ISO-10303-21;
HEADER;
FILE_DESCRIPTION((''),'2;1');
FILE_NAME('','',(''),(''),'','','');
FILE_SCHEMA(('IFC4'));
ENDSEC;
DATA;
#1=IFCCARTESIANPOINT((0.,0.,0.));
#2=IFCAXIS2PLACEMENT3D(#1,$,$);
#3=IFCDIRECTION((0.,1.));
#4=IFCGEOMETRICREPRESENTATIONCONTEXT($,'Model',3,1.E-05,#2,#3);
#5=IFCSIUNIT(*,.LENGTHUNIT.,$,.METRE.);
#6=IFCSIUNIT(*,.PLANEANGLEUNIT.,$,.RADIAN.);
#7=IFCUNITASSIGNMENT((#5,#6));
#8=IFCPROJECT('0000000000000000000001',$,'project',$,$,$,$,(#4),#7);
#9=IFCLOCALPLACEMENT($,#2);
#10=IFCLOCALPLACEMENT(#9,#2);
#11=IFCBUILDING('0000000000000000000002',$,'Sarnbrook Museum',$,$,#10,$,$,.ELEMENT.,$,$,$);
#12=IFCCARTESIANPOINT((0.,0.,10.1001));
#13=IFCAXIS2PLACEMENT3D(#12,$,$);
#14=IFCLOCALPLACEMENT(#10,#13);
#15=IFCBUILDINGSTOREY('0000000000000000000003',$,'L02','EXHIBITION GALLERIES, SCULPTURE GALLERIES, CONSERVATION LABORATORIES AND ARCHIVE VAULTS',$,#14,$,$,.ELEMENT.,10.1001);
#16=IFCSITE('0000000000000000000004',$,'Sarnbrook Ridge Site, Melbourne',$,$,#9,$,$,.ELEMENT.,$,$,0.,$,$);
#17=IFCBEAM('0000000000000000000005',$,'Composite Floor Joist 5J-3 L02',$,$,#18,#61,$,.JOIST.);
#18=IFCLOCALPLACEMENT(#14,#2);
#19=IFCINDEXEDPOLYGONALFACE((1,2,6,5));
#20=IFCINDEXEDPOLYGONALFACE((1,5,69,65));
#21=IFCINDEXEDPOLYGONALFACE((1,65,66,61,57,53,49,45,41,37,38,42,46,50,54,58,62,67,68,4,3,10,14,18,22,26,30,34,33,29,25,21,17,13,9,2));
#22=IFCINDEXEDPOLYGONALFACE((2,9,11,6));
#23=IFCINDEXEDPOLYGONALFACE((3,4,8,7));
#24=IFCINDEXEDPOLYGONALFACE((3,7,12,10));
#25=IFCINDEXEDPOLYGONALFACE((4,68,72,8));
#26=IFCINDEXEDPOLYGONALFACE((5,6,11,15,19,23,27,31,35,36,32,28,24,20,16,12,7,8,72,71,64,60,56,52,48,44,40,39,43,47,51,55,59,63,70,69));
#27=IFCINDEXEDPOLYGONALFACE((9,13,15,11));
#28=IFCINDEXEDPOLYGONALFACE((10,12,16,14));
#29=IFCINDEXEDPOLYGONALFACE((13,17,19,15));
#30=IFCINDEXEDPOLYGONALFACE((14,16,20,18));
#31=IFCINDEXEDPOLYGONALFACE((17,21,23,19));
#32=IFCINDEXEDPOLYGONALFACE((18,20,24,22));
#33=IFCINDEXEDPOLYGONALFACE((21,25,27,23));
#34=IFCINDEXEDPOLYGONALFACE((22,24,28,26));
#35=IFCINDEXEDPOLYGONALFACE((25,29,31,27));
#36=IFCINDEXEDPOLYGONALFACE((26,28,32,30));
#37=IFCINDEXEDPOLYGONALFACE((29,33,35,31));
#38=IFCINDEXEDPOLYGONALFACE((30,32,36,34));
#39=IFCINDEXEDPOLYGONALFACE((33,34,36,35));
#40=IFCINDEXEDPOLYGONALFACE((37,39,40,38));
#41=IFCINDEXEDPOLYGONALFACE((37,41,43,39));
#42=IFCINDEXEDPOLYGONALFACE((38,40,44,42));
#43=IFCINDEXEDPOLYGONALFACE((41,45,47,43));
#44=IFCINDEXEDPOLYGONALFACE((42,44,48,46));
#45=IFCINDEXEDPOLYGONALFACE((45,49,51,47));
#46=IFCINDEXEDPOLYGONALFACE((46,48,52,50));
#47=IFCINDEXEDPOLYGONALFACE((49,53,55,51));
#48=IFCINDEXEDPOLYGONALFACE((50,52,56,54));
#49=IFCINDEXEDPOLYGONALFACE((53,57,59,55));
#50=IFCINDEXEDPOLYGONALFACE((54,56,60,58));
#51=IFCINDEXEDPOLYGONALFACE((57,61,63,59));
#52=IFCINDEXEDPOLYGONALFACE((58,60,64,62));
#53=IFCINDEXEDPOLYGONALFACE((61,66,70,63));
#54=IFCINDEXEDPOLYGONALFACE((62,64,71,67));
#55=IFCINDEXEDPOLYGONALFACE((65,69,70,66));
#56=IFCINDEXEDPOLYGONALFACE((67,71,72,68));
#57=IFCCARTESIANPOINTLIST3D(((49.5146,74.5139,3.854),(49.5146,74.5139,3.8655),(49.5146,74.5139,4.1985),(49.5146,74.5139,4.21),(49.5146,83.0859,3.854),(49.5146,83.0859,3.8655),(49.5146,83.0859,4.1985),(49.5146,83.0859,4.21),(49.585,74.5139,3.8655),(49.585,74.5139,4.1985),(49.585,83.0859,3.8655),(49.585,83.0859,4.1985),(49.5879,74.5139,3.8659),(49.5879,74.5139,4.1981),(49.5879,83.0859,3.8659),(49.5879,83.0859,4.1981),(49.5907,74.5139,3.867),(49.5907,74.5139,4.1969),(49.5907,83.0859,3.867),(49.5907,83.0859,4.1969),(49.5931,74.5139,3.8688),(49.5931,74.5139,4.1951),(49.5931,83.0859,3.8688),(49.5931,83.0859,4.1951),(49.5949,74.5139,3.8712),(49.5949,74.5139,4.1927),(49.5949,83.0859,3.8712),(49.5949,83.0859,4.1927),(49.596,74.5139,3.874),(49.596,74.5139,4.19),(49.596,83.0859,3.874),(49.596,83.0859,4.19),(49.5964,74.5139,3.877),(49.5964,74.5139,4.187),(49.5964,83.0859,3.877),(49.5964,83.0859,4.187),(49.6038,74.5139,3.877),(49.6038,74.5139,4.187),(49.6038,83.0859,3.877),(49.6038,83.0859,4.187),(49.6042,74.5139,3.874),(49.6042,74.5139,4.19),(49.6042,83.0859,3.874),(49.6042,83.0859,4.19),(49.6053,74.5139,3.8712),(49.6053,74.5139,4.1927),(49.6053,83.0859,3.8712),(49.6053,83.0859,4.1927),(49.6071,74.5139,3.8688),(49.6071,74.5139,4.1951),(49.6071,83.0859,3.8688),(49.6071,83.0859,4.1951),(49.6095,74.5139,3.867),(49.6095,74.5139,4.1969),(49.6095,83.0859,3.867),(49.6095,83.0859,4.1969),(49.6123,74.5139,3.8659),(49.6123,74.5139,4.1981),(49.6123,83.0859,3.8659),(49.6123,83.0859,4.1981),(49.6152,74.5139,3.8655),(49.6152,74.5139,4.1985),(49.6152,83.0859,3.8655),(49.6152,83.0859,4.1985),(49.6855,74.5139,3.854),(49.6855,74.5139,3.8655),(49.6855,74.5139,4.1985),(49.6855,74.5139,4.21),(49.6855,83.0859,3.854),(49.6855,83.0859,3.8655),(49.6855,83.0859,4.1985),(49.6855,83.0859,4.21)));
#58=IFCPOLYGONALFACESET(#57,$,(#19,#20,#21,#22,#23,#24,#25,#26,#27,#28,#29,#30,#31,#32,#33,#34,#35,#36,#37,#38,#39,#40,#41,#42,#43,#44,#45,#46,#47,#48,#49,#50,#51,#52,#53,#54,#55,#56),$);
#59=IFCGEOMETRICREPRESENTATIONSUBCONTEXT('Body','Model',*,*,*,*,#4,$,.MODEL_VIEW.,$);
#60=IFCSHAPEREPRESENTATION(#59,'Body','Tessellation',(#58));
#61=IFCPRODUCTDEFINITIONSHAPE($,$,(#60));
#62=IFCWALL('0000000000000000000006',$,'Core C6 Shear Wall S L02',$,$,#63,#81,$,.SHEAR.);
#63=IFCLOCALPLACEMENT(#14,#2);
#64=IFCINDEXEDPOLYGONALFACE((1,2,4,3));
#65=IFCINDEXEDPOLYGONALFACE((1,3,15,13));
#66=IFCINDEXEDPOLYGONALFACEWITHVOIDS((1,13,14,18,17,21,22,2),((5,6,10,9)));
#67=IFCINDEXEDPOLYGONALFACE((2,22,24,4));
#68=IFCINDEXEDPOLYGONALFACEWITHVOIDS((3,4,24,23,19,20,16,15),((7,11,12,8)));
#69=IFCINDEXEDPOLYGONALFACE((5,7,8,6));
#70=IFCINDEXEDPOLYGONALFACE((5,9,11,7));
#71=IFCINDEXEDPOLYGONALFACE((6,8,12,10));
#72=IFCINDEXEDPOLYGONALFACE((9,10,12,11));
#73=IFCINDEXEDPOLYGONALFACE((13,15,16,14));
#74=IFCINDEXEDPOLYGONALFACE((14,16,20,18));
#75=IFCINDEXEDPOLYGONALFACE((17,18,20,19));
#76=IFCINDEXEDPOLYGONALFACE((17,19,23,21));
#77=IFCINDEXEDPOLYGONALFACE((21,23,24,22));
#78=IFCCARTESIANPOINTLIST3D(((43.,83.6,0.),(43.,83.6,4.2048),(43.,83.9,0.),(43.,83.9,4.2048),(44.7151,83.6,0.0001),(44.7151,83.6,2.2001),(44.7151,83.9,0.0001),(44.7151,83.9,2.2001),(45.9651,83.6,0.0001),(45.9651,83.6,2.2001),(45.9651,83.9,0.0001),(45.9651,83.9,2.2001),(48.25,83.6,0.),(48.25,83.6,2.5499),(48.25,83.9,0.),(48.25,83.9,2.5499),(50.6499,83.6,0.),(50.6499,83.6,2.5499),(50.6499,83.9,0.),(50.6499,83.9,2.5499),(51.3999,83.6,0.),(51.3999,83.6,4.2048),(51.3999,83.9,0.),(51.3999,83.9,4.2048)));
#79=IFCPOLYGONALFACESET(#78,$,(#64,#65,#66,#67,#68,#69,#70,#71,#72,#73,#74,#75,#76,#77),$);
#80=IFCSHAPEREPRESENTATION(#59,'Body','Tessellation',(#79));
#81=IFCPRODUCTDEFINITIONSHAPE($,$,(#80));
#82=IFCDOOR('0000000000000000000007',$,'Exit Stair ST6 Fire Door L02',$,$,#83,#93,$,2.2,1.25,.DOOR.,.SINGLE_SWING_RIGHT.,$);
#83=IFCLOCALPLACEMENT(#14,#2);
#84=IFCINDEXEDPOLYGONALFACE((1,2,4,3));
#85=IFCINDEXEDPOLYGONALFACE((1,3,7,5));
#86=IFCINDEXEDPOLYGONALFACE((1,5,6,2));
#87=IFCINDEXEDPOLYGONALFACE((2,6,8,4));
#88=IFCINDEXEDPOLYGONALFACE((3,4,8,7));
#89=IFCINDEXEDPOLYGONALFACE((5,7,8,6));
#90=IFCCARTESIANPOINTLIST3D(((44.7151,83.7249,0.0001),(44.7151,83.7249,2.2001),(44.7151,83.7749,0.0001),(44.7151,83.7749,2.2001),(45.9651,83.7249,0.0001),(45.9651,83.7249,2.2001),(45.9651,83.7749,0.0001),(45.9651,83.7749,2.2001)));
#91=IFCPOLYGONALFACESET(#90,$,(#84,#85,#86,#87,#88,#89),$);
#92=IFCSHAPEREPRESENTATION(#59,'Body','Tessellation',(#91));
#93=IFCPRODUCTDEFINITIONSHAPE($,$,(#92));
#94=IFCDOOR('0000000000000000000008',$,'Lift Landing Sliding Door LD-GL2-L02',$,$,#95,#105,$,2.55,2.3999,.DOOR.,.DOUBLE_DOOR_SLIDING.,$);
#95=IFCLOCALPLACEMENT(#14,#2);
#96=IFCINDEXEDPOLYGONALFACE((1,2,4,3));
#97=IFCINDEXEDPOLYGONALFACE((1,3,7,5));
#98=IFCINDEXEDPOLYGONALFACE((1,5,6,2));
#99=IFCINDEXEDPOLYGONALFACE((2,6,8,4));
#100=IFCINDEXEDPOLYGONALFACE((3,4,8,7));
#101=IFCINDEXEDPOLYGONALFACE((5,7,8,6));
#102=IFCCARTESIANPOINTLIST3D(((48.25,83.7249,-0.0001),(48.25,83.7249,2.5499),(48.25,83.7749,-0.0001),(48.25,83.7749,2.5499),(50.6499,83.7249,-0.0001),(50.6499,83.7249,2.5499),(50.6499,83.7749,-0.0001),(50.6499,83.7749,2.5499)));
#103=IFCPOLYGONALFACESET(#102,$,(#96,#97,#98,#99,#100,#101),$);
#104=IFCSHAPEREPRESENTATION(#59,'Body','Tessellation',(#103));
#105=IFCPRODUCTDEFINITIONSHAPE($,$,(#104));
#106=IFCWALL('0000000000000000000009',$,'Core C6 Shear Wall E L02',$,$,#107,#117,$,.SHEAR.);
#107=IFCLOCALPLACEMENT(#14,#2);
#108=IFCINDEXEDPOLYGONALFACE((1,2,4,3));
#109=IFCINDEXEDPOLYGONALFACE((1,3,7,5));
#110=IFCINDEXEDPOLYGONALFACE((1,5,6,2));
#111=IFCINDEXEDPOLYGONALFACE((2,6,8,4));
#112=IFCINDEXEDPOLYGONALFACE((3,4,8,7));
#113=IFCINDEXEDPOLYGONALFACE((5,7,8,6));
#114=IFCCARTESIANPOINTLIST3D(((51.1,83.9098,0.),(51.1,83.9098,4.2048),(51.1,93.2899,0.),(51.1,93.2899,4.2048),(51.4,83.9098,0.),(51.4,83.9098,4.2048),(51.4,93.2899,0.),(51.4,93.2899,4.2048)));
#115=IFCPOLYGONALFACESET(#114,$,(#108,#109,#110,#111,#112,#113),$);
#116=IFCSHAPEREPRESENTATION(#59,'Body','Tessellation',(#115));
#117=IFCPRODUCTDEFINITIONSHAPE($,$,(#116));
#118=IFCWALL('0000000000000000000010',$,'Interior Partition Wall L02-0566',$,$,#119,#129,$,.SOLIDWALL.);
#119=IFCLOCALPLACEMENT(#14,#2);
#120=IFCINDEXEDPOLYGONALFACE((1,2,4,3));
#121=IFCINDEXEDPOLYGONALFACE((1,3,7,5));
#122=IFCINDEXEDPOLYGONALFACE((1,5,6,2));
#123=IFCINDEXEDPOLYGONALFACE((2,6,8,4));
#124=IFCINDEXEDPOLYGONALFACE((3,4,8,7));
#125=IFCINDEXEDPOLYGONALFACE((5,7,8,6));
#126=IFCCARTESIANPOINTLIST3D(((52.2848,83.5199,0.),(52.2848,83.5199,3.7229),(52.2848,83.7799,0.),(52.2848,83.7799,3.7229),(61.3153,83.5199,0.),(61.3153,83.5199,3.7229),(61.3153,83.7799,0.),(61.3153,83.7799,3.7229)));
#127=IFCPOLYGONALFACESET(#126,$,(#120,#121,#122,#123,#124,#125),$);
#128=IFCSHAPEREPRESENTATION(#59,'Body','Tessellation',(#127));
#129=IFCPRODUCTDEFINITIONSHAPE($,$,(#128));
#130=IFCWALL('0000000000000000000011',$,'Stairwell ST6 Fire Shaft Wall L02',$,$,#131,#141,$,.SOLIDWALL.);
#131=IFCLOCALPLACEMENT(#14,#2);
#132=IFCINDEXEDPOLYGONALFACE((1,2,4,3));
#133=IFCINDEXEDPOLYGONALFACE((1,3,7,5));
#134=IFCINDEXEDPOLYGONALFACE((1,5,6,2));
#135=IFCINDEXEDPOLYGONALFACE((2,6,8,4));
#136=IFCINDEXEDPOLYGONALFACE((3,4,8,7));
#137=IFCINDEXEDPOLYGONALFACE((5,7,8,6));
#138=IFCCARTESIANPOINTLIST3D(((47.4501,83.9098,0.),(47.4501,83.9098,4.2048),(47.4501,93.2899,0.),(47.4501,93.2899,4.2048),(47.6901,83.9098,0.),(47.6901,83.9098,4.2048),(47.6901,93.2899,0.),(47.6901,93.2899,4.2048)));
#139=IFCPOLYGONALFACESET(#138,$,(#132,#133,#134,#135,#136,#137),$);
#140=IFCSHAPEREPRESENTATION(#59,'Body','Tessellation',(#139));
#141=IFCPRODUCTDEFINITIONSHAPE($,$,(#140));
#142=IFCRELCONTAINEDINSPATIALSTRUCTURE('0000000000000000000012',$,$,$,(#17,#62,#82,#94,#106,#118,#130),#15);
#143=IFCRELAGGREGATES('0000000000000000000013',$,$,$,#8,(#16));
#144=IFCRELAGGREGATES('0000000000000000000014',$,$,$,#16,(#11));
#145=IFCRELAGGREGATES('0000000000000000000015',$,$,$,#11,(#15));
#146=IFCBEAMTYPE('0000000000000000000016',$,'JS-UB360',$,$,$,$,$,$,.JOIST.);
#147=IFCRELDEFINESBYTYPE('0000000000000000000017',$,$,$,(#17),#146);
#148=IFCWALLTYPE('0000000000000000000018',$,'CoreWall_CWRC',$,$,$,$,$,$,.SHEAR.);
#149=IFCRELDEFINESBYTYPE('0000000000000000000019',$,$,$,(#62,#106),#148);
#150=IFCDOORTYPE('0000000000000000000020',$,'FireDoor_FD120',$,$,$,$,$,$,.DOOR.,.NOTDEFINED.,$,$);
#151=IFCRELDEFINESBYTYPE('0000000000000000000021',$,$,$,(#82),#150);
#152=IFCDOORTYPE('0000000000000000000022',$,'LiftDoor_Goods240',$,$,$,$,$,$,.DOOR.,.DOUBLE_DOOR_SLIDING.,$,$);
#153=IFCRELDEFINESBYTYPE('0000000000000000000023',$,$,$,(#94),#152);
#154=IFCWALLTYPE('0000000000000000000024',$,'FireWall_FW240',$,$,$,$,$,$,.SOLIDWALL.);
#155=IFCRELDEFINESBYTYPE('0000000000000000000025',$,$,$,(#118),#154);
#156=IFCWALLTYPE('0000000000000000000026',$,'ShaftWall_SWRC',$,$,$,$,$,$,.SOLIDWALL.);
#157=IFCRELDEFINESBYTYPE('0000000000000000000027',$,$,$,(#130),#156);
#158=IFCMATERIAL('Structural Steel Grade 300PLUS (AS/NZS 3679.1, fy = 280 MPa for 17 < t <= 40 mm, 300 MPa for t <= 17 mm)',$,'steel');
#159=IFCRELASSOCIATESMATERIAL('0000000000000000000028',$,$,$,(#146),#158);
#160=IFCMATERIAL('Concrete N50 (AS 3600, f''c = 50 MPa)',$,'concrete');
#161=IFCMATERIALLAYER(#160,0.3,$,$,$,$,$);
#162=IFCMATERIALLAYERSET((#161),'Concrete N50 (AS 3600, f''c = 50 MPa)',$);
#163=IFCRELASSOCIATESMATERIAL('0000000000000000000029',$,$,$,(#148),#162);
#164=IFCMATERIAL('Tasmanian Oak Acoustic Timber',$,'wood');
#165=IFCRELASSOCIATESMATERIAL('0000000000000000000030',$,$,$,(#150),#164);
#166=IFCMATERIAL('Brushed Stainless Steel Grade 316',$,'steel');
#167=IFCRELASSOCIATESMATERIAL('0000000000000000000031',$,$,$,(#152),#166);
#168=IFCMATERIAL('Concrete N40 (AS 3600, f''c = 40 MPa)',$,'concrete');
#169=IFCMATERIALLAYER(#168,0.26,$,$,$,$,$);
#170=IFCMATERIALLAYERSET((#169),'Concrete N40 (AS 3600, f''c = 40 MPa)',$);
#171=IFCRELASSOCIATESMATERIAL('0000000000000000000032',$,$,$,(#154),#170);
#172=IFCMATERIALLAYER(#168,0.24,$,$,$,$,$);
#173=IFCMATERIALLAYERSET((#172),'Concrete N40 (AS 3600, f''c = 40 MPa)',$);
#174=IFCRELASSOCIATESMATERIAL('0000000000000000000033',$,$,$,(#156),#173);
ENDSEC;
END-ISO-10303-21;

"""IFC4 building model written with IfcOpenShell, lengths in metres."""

from ifc_helpers import new_model, si_unit, direction, frame, frame_2d, origin, origin_2d, place, context, subcontext, project, spatial, rectangle, i_section, extrude, material, layer, layer_set, material_profile, profile_set, type_object, element, fill, save


model = new_model("IFC4")

# Units and contexts
model_context = context("Model", 3, precision=1e-05, world=origin(), true_north=direction((0.0, 1.0)))
body_context = subcontext(model_context, "Body", "Model", "MODEL_VIEW")
ifc_project = project(units=[si_unit("LENGTHUNIT", "METRE"), si_unit("PLANEANGLEUNIT", "RADIAN")], contexts=[model_context])

# Site, building, storey
site_placement = place(None, origin())
site = spatial("IfcSite", under=ifc_project, at=site_placement, Name="Sarnbrook Ridge Site, Melbourne", CompositionType="ELEMENT", RefElevation=0.0)
building_placement = place(site_placement, origin())
building = spatial("IfcBuilding", under=site, at=building_placement, Name="Sarnbrook Museum", CompositionType="ELEMENT")
storey_placement = place(building_placement, frame((0.0, 0.0, 10.1001)))
storey = spatial("IfcBuildingStorey", under=building, at=storey_placement, Name="L02", Description="EXHIBITION GALLERIES, SCULPTURE GALLERIES, CONSERVATION LABORATORIES AND ARCHIVE VAULTS", CompositionType="ELEMENT", Elevation=10.1001)

# Beam
ifc_material_1 = material(Name="Structural Steel Grade 300PLUS (AS/NZS 3679.1, fy = 280 MPa for 17 < t <= 40 mm, 300 MPa for t <= 17 mm)", Category="steel")
ifc_material_profile_1 = material_profile(ifc_material_1, i_section(OverallWidth=0.1709, OverallDepth=0.356, WebThickness=0.0073, FlangeThickness=0.0115, FilletRadius=0.0115, at=origin_2d()), Name="360UB50.7")
ifc_profile_set_1 = profile_set([ifc_material_profile_1], Name="Structural Steel Grade 300PLUS (AS/NZS 3679.1, fy = 280 MPa for 17 < t <= 40 mm, 300 MPa for t <= 17 mm)")
beam_type_1 = type_object("IfcBeamType", Name="JS-UB360", PredefinedType="JOIST", material=ifc_profile_set_1)
for number, where, z_axis, x_axis, name in (
    (1, (49.6001, 74.5139, 4.032), (0.0, 1.0, 0.0), (-1.0, 0.0, 0.0), "Composite Floor Joist 5J-3 L02"),
):
    element("IfcBeam", number, at=place(storey_placement, frame(where, z_axis=z_axis, x_axis=x_axis)), inside=storey, type_object=beam_type_1, Name=name, PredefinedType="JOIST", context=body_context, shape_type="SweptSolid", body=[
        extrude(i_section(OverallWidth=0.1709, OverallDepth=0.356, WebThickness=0.0073, FlangeThickness=0.0115, FilletRadius=0.0115, at=origin_2d()), origin(), (0.0, 0.0, 1.0), 8.572),
    ])

# Wall, openings, doors
ifc_material_2 = material(Name="Concrete N50 (AS 3600, f'c = 50 MPa)", Category="concrete")
ifc_layer_1 = layer(ifc_material_2, 0.3)
ifc_layer_set_1 = layer_set([ifc_layer_1], Name="Concrete N50 (AS 3600, f'c = 50 MPa)")
wall_type_1 = type_object("IfcWallType", Name="CoreWall_CWRC", PredefinedType="SHEAR", material=ifc_layer_set_1)
wall_1_placement = place(storey_placement, frame((43.0, 83.75, 0.0), z_axis=(0.0, 0.0, 1.0), x_axis=(1.0, 0.0, 0.0)))
wall_1 = element("IfcWall", 2, at=wall_1_placement, inside=storey, type_object=wall_type_1, Name="Core C6 Shear Wall S L02", PredefinedType="SHEAR", context=body_context, shape_type="SweptSolid", body=[
    extrude(rectangle(XDim=8.3999, YDim=0.3, at=frame_2d((4.2, 0.0))), origin(), (0.0, 0.0, 1.0), 4.2048),
])
opening_1_placement = place(wall_1_placement, frame((1.7151, 0.0, 0.0)))
opening_1 = element("IfcOpeningElement", 3, at=opening_1_placement, cuts=wall_1, PredefinedType="OPENING", context=body_context, shape_type="SweptSolid", body=[
    extrude(rectangle(XDim=1.25, YDim=2.2, at=frame_2d((0.625, 1.1001))), frame((0.0, 0.1602, 0.0), z_axis=(0.0, -1.0, 0.0), x_axis=(1.0, 0.0, 0.0)), (0.0, 0.0, 1.0), 0.3201),
])
opening_2_placement = place(wall_1_placement, frame((5.25, 0.0, 0.0)))
opening_2 = element("IfcOpeningElement", 4, at=opening_2_placement, cuts=wall_1, PredefinedType="OPENING", context=body_context, shape_type="SweptSolid", body=[
    extrude(rectangle(XDim=2.3999, YDim=2.55, at=frame_2d((1.2, 1.2749))), frame((0.0, 0.1602, 0.0), z_axis=(0.0, -1.0, 0.0), x_axis=(1.0, 0.0, 0.0)), (0.0, 0.0, 1.0), 0.3201),
])
ifc_material_3 = material(Name="Tasmanian Oak Acoustic Timber", Category="wood")
door_type_1 = type_object("IfcDoorType", Name="FireDoor_FD120", OperationType="NOTDEFINED", PredefinedType="DOOR", material=ifc_material_3)
door_1_placement = place(opening_1_placement, origin())
door_1 = element("IfcDoor", 5, at=door_1_placement, inside=storey, type_object=door_type_1, Name="Exit Stair ST6 Fire Door L02", OperationType="SINGLE_SWING_RIGHT", OverallHeight=2.2, OverallWidth=1.25, PredefinedType="DOOR", context=body_context, shape_type="SweptSolid", body=[
    extrude(rectangle(XDim=1.25, YDim=2.2, at=frame_2d((0.625, 1.1001))), frame((0.0, 0.0249, 0.0), z_axis=(0.0, -1.0, 0.0), x_axis=(1.0, 0.0, 0.0)), (0.0, 0.0, 1.0), 0.05),
])
fill(opening_1, door_1)
ifc_material_4 = material(Name="Brushed Stainless Steel Grade 316", Category="steel")
door_type_2 = type_object("IfcDoorType", Name="LiftDoor_Goods240", OperationType="DOUBLE_DOOR_SLIDING", PredefinedType="DOOR", material=ifc_material_4)
door_2_placement = place(opening_2_placement, origin())
door_2 = element("IfcDoor", 6, at=door_2_placement, inside=storey, type_object=door_type_2, Name="Lift Landing Sliding Door LD-GL2-L02", OperationType="DOUBLE_DOOR_SLIDING", OverallHeight=2.55, OverallWidth=2.3999, PredefinedType="DOOR", context=body_context, shape_type="SweptSolid", body=[
    extrude(rectangle(XDim=2.3999, YDim=2.55, at=frame_2d((1.2, 1.2749))), frame((0.0, 0.0249, 0.0), z_axis=(0.0, -1.0, 0.0), x_axis=(1.0, 0.0, 0.0)), (0.0, 0.0, 1.0), 0.05),
])
fill(opening_2, door_2)

# Wall
wall_2_placement = place(storey_placement, frame((51.25, 83.9099, 0.0), z_axis=(0.0, 0.0, 1.0), x_axis=(0.0, 1.0, 0.0)))
element("IfcWall", 7, at=wall_2_placement, inside=storey, type_object=wall_type_1, Name="Core C6 Shear Wall E L02", PredefinedType="SHEAR", context=body_context, shape_type="SweptSolid", body=[
    extrude(rectangle(XDim=9.3801, YDim=0.3, at=frame_2d((4.6899, 0.0))), origin(), (0.0, 0.0, 1.0), 4.2048),
])

# Shared definitions
ifc_material_5 = material(Name="Concrete N40 (AS 3600, f'c = 40 MPa)", Category="concrete")
ifc_layer_2 = layer(ifc_material_5, 0.26)
ifc_layer_set_2 = layer_set([ifc_layer_2], Name="Concrete N40 (AS 3600, f'c = 40 MPa)")
wall_type_2 = type_object("IfcWallType", Name="FireWall_FW240", PredefinedType="SOLIDWALL", material=ifc_layer_set_2)

# Walls
wall_3_placement = place(storey_placement, frame((61.3152, 83.6499, 0.0), z_axis=(0.0, 0.0, 1.0), x_axis=(-1.0, 0.0, 0.0)))
element("IfcWall", 8, at=wall_3_placement, inside=storey, type_object=wall_type_2, Name="Interior Partition Wall L02-0566", PredefinedType="SOLIDWALL", context=body_context, shape_type="SweptSolid", body=[
    extrude(rectangle(XDim=9.0305, YDim=0.26, at=frame_2d((4.5151, 0.0))), origin(), (0.0, 0.0, 1.0), 3.7229),
])
ifc_layer_3 = layer(ifc_material_5, 0.24)
ifc_layer_set_3 = layer_set([ifc_layer_3], Name="Concrete N40 (AS 3600, f'c = 40 MPa)")
wall_type_3 = type_object("IfcWallType", Name="ShaftWall_SWRC", PredefinedType="SOLIDWALL", material=ifc_layer_set_3)
wall_4_placement = place(storey_placement, frame((47.5701, 83.9099, 0.0), z_axis=(0.0, 0.0, 1.0), x_axis=(0.0, 1.0, 0.0)))
element("IfcWall", 9, at=wall_4_placement, inside=storey, type_object=wall_type_3, Name="Stairwell ST6 Fire Shaft Wall L02", PredefinedType="SOLIDWALL", context=body_context, shape_type="SweptSolid", body=[
    extrude(rectangle(XDim=9.3801, YDim=0.24, at=frame_2d((4.6899, 0.0))), origin(), (0.0, 0.0, 1.0), 4.2048),
])

save(model, "model.ifc")
